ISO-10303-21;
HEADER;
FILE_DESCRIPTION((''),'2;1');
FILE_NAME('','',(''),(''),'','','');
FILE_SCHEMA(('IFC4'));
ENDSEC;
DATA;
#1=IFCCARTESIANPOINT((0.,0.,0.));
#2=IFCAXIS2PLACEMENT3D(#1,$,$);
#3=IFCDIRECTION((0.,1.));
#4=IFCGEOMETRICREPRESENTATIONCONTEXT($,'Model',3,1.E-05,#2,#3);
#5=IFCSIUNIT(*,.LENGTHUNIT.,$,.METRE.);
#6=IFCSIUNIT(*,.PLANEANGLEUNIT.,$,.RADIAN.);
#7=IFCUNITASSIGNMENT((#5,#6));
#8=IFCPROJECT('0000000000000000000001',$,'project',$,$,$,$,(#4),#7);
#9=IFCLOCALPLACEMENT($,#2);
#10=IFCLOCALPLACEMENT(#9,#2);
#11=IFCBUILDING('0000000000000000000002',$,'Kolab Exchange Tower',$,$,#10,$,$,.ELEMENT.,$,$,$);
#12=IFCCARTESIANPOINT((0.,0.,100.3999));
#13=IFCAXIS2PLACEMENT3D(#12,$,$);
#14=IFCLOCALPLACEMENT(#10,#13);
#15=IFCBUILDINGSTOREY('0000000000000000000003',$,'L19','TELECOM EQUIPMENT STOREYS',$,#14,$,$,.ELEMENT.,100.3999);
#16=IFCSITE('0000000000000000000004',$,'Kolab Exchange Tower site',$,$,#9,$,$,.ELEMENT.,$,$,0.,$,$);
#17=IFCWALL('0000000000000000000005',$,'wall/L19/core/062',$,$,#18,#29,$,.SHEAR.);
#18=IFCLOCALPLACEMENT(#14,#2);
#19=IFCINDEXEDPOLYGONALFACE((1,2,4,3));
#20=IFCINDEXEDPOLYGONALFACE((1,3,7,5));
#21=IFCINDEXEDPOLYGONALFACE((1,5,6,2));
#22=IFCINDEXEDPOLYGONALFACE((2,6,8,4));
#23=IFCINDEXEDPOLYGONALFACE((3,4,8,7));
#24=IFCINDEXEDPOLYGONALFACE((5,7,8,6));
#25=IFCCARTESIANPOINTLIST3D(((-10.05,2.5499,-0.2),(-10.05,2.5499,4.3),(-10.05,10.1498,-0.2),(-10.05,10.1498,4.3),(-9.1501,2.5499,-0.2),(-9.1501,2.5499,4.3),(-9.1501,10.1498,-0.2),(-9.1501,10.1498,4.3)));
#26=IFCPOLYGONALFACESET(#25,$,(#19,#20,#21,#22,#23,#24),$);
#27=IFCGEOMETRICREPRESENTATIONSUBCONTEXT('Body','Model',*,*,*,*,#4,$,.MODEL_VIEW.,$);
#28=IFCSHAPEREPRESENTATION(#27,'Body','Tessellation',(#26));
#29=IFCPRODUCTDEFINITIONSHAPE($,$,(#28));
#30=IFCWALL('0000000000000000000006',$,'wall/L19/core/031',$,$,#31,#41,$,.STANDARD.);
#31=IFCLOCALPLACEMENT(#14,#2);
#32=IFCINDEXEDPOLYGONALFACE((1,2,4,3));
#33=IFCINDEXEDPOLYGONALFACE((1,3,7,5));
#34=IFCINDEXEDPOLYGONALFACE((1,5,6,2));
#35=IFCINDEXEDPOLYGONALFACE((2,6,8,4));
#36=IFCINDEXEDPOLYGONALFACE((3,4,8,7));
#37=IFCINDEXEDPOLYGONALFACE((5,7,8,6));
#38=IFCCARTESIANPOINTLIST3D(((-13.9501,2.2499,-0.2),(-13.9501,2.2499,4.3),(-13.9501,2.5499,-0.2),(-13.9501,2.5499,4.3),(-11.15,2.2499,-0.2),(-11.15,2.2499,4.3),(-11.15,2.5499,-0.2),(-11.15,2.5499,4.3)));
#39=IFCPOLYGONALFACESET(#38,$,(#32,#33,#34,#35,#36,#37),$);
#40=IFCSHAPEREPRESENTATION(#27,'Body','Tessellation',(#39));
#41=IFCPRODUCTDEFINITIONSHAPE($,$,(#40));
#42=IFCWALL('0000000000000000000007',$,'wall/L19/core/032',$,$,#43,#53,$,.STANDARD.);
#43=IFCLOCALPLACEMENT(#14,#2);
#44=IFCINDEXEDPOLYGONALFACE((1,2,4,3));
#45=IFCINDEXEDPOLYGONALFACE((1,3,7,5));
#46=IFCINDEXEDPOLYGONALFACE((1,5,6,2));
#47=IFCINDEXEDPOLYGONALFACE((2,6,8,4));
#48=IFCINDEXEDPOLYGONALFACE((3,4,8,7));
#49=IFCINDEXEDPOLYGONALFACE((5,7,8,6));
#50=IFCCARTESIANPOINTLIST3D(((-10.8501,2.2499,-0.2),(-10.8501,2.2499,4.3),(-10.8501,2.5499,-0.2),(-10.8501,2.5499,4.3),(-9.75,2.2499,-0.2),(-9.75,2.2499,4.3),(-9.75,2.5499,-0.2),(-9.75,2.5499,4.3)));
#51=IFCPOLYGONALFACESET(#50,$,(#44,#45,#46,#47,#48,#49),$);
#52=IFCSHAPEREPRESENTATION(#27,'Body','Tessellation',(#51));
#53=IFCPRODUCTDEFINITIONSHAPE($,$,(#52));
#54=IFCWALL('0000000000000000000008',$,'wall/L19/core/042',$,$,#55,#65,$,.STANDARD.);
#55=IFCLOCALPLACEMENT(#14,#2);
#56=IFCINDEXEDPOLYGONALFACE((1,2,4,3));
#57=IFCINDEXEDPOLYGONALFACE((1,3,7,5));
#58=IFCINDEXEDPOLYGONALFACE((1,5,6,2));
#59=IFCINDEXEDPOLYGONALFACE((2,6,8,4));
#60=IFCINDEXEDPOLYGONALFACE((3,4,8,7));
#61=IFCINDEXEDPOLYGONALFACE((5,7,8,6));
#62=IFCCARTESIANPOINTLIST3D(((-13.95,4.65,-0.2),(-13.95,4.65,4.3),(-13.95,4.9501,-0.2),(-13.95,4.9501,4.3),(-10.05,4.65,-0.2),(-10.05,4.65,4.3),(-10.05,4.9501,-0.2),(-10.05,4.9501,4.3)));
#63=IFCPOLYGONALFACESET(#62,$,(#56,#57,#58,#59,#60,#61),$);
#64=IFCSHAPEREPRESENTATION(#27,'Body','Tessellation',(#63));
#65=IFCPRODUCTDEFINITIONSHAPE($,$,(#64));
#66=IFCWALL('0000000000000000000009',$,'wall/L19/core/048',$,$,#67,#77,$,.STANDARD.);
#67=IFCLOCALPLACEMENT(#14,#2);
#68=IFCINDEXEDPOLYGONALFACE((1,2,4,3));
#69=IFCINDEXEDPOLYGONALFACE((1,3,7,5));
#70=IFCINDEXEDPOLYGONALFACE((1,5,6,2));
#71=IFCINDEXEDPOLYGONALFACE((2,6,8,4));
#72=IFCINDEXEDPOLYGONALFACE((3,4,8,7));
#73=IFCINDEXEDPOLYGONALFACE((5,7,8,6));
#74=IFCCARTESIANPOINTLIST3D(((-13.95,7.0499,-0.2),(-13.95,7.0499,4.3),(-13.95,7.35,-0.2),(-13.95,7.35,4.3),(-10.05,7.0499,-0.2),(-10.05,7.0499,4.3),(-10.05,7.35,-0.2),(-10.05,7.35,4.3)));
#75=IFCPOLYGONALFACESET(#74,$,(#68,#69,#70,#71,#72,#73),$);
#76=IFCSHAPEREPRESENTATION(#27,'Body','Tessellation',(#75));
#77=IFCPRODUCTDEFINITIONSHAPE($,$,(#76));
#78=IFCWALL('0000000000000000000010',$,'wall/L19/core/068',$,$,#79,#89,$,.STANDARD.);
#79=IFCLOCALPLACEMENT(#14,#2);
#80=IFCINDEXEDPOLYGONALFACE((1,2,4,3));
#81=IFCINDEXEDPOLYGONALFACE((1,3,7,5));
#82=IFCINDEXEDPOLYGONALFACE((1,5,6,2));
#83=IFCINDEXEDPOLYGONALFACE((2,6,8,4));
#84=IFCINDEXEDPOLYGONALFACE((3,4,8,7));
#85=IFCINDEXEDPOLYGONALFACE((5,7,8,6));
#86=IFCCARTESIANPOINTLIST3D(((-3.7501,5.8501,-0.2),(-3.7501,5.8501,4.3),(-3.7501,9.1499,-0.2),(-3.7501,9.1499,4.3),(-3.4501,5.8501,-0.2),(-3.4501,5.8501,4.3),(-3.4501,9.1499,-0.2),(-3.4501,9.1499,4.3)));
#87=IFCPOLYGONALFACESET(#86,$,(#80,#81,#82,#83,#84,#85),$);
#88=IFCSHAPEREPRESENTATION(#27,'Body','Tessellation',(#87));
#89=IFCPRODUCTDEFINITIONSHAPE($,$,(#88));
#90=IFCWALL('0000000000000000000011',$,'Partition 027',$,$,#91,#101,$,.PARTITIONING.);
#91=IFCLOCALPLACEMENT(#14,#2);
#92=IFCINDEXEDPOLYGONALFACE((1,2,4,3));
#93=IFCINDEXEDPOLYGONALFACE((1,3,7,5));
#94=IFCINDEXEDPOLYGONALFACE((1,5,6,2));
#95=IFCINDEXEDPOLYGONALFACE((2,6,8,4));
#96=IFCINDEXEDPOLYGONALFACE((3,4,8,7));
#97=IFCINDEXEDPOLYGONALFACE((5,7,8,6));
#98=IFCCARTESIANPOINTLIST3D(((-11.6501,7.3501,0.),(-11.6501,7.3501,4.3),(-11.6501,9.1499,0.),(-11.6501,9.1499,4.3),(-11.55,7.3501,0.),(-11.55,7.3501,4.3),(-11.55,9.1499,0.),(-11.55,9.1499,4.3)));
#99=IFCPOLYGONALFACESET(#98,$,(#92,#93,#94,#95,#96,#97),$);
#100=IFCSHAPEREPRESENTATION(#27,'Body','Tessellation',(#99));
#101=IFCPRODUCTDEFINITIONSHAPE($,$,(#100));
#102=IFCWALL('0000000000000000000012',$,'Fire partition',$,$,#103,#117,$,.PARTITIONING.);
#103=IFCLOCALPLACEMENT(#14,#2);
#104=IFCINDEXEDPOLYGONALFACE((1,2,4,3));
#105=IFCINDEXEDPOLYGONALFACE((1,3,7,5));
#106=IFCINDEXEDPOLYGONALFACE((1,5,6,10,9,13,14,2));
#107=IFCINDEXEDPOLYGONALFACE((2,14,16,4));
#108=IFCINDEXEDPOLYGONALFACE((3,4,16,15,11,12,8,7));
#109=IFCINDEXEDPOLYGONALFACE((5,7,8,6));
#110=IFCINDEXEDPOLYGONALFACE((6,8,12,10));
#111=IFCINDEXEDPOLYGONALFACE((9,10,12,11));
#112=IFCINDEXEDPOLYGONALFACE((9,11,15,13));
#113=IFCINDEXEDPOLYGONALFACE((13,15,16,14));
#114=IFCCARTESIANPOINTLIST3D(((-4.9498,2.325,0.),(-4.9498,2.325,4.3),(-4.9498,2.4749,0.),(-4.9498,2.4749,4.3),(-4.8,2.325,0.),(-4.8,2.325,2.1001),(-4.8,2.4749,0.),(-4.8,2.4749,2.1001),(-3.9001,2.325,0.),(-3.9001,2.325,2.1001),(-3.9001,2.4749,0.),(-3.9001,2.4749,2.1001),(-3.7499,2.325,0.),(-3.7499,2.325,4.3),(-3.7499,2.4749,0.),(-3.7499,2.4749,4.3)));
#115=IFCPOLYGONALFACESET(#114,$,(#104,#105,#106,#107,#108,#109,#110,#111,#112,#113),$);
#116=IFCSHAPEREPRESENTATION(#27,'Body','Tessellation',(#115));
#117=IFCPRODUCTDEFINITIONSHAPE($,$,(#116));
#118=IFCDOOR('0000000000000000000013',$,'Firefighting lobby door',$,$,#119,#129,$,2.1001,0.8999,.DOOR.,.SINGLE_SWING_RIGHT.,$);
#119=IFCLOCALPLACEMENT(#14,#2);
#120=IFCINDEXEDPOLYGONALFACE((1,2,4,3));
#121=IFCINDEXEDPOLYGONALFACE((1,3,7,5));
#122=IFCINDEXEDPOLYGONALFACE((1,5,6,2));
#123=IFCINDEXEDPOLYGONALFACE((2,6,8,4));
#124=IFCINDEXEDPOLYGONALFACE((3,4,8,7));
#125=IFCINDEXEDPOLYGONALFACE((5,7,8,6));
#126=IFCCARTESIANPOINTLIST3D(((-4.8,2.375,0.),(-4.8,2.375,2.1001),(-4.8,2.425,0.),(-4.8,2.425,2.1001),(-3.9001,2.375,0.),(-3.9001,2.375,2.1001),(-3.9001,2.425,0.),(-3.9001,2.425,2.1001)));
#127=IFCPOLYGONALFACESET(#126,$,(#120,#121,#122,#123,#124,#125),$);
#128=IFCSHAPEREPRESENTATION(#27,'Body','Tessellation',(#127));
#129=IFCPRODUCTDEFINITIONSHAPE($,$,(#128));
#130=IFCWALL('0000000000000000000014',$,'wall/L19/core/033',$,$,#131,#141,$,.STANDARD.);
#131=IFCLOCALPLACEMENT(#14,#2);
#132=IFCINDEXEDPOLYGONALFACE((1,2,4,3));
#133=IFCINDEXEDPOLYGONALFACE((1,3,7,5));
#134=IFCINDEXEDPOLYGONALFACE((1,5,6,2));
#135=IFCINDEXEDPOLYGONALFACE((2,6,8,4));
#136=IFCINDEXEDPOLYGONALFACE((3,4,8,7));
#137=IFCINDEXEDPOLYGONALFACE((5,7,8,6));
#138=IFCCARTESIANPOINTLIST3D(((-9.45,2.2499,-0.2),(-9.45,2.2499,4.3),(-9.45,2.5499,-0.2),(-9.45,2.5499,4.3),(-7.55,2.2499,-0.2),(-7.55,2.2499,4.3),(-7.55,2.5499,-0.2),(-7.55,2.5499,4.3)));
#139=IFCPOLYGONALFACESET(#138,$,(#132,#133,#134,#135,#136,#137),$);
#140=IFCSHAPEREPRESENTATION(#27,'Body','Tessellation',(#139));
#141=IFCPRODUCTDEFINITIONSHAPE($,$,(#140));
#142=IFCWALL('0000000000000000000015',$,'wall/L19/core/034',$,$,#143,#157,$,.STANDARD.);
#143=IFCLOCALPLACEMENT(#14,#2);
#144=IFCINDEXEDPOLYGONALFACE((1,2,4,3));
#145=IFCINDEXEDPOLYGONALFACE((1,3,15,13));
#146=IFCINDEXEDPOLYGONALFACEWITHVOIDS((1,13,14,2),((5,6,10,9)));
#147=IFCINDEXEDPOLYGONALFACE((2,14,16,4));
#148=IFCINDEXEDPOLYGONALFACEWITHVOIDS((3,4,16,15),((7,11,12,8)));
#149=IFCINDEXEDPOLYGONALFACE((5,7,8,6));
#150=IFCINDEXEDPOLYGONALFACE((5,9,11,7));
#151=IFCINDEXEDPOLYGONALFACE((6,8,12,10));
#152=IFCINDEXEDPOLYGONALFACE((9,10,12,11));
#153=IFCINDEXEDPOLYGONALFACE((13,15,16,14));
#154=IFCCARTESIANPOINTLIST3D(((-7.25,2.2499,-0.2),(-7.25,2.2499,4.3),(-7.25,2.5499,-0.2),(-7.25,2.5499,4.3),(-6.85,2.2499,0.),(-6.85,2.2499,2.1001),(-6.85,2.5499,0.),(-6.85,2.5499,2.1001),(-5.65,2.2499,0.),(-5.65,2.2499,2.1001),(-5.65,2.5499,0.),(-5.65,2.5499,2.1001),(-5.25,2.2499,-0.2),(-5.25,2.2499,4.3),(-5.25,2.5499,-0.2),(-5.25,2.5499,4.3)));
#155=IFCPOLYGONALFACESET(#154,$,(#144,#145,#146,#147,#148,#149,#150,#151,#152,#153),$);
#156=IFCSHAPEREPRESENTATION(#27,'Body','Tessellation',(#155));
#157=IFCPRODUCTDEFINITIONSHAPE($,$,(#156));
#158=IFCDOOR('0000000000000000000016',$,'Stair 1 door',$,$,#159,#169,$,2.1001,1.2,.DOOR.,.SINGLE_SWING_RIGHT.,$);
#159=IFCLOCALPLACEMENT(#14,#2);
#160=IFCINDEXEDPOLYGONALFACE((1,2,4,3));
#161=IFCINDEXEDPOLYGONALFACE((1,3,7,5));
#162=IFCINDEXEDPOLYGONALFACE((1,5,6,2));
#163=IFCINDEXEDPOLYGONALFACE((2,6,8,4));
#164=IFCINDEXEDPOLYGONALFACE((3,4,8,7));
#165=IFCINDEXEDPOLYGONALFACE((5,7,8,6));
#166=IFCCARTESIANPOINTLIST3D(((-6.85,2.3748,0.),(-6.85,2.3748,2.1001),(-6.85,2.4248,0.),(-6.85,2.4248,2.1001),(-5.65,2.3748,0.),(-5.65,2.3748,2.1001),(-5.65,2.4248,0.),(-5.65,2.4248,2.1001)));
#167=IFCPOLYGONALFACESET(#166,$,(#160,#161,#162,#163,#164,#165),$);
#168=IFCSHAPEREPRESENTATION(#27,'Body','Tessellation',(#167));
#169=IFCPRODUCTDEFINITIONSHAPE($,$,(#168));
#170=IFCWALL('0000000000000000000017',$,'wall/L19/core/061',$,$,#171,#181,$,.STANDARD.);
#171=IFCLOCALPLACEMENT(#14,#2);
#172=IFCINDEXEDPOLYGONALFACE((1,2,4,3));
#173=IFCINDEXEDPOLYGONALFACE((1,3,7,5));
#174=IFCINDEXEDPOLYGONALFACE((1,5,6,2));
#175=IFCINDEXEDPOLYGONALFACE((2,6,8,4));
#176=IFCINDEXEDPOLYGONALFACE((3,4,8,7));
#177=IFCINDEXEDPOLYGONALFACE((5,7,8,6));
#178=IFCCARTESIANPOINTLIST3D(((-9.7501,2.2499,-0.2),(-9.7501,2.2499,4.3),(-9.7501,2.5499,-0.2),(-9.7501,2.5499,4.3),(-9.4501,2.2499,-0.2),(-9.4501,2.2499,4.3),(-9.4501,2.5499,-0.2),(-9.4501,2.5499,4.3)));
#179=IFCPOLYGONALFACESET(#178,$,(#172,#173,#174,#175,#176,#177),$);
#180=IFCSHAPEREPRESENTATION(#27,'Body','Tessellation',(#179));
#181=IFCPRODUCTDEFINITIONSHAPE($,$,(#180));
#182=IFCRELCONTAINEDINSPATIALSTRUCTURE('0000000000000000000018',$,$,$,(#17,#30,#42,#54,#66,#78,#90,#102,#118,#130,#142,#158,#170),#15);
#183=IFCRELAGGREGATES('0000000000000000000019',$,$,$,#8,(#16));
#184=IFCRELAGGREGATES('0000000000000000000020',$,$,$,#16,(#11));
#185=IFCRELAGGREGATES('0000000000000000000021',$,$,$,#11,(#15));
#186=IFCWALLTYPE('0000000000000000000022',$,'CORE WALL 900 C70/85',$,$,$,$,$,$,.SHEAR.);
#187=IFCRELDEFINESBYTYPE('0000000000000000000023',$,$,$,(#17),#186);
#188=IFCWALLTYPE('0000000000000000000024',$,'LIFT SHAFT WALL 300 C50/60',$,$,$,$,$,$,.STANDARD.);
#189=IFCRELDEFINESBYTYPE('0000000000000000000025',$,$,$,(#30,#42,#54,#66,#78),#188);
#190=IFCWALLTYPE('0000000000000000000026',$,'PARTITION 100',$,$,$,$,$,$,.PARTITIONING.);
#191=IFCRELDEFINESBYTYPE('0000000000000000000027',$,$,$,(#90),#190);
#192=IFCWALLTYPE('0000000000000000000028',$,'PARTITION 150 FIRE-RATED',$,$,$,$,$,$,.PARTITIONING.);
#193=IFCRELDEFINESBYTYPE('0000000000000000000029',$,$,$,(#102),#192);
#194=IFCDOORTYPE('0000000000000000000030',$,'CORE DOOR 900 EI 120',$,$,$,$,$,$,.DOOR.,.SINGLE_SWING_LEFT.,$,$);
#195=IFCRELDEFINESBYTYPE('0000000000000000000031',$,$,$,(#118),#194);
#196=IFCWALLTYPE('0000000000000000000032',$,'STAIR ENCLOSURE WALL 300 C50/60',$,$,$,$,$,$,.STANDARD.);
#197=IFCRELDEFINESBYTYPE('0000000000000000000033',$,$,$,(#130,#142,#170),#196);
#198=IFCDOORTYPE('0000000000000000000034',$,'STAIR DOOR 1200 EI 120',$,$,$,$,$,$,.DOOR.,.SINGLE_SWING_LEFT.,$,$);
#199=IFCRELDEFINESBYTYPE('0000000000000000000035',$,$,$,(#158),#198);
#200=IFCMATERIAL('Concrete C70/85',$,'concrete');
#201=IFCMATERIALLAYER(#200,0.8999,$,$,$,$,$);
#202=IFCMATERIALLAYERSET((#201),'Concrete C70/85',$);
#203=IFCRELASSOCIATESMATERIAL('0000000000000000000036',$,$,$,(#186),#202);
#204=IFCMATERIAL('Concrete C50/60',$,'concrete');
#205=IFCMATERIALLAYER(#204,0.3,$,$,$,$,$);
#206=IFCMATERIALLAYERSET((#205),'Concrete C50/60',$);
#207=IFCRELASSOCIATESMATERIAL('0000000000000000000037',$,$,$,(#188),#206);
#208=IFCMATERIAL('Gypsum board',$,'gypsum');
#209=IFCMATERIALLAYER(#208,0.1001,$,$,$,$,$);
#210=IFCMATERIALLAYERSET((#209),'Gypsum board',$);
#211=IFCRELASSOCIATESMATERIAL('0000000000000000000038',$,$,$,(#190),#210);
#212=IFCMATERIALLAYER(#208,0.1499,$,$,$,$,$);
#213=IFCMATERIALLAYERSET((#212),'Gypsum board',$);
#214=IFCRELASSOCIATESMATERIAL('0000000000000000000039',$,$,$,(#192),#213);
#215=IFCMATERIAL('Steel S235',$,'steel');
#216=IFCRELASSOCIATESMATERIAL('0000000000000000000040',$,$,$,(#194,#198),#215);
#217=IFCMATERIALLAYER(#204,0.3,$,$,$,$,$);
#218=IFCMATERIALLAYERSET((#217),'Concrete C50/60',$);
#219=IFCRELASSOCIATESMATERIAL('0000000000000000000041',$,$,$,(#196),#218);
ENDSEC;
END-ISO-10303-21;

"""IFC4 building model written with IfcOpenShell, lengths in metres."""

from ifc_helpers import new_model, si_unit, direction, frame, frame_2d, origin, place, context, subcontext, project, spatial, rectangle, extrude, material, layer, layer_set, type_object, element, fill, save


model = new_model("IFC4")

# Units and contexts
model_context = context("Model", 3, precision=1e-05, world=origin(), true_north=direction((0.0, 1.0)))
body_context = subcontext(model_context, "Body", "Model", "MODEL_VIEW")
ifc_project = project(units=[si_unit("LENGTHUNIT", "METRE"), si_unit("PLANEANGLEUNIT", "RADIAN")], contexts=[model_context])

# Site, building, storey
site_placement = place(None, origin())
site = spatial("IfcSite", under=ifc_project, at=site_placement, Name="Kolab Exchange Tower site", CompositionType="ELEMENT", RefElevation=0.0)
building_placement = place(site_placement, origin())
building = spatial("IfcBuilding", under=site, at=building_placement, Name="Kolab Exchange Tower", CompositionType="ELEMENT")
storey_placement = place(building_placement, frame((0.0, 0.0, 100.3999)))
storey = spatial("IfcBuildingStorey", under=building, at=storey_placement, Name="L19", Description="TELECOM EQUIPMENT STOREYS", CompositionType="ELEMENT", Elevation=100.3999)

# Walls
ifc_material_1 = material(Name="Concrete C70/85", Category="concrete")
ifc_layer_1 = layer(ifc_material_1, 0.8999)
ifc_layer_set_1 = layer_set([ifc_layer_1], Name="Concrete C70/85")
wall_type_1 = type_object("IfcWallType", Name="CORE WALL 900 C70/85", PredefinedType="SHEAR", material=ifc_layer_set_1)
wall_1_placement = place(storey_placement, frame((-9.6001, 2.55, -0.2), z_axis=(0.0, 0.0, 1.0), x_axis=(0.0, 1.0, 0.0)))
element("IfcWall", 1, at=wall_1_placement, inside=storey, type_object=wall_type_1, Name="wall/L19/core/062", PredefinedType="SHEAR", context=body_context, shape_type="SweptSolid", body=[
    extrude(rectangle(XDim=7.5999, YDim=0.8999, at=frame_2d((3.7998, 0.0))), origin(), (0.0, 0.0, 1.0), 4.5),
])
ifc_material_2 = material(Name="Concrete C50/60", Category="concrete")
ifc_layer_2 = layer(ifc_material_2, 0.3)
ifc_layer_set_2 = layer_set([ifc_layer_2], Name="Concrete C50/60")
wall_type_2 = type_object("IfcWallType", Name="LIFT SHAFT WALL 300 C50/60", PredefinedType="STANDARD", material=ifc_layer_set_2)
wall_2_placement = place(storey_placement, frame((-13.95, 2.3999, -0.2), z_axis=(0.0, 0.0, 1.0), x_axis=(1.0, 0.0, 0.0)))
element("IfcWall", 2, at=wall_2_placement, inside=storey, type_object=wall_type_2, Name="wall/L19/core/031", PredefinedType="STANDARD", context=body_context, shape_type="SweptSolid", body=[
    extrude(rectangle(XDim=2.8, YDim=0.3, at=frame_2d((1.3999, 0.0))), origin(), (0.0, 0.0, 1.0), 4.5),
])
wall_3_placement = place(storey_placement, frame((-10.8501, 2.3999, -0.2), z_axis=(0.0, 0.0, 1.0), x_axis=(1.0, 0.0, 0.0)))
element("IfcWall", 3, at=wall_3_placement, inside=storey, type_object=wall_type_2, Name="wall/L19/core/032", PredefinedType="STANDARD", context=body_context, shape_type="SweptSolid", body=[
    extrude(rectangle(XDim=1.1001, YDim=0.3, at=frame_2d((0.55, 0.0))), origin(), (0.0, 0.0, 1.0), 4.5),
])
for number, where, z_axis, x_axis, name in (
    (4, (-13.95, 4.8, -0.2), (0.0, 0.0, 1.0), (1.0, 0.0, 0.0), "wall/L19/core/042"),
    (5, (-13.95, 7.2, -0.2), (0.0, 0.0, 1.0), (1.0, 0.0, 0.0), "wall/L19/core/048"),
):
    element("IfcWall", number, at=place(storey_placement, frame(where, z_axis=z_axis, x_axis=x_axis)), inside=storey, type_object=wall_type_2, Name=name, PredefinedType="STANDARD", context=body_context, shape_type="SweptSolid", body=[
        extrude(rectangle(XDim=3.8999, YDim=0.3, at=frame_2d((1.95, 0.0))), origin(), (0.0, 0.0, 1.0), 4.5),
    ])
wall_4_placement = place(storey_placement, frame((-3.6001, 5.8501, -0.2), z_axis=(0.0, 0.0, 1.0), x_axis=(0.0, 1.0, 0.0)))
element("IfcWall", 6, at=wall_4_placement, inside=storey, type_object=wall_type_2, Name="wall/L19/core/068", PredefinedType="STANDARD", context=body_context, shape_type="SweptSolid", body=[
    extrude(rectangle(XDim=3.2998, YDim=0.3, at=frame_2d((1.6499, 0.0))), origin(), (0.0, 0.0, 1.0), 4.5),
])
ifc_material_3 = material(Name="Gypsum board", Category="gypsum")
ifc_layer_3 = layer(ifc_material_3, 0.1001)
ifc_layer_set_3 = layer_set([ifc_layer_3], Name="Gypsum board")
wall_type_3 = type_object("IfcWallType", Name="PARTITION 100", PredefinedType="PARTITIONING", material=ifc_layer_set_3)
wall_5_placement = place(storey_placement, frame((-11.6001, 7.3501, 0.0), z_axis=(0.0, 0.0, 1.0), x_axis=(0.0, 1.0, 0.0)))
element("IfcWall", 7, at=wall_5_placement, inside=storey, type_object=wall_type_3, Name="Partition 027", PredefinedType="PARTITIONING", context=body_context, shape_type="SweptSolid", body=[
    extrude(rectangle(XDim=1.7998, YDim=0.1001, at=frame_2d((0.8999, 0.0))), origin(), (0.0, 0.0, 1.0), 4.3),
])

# Wall, opening, door
ifc_layer_4 = layer(ifc_material_3, 0.1499)
ifc_layer_set_4 = layer_set([ifc_layer_4], Name="Gypsum board")
wall_type_4 = type_object("IfcWallType", Name="PARTITION 150 FIRE-RATED", PredefinedType="PARTITIONING", material=ifc_layer_set_4)
wall_6_placement = place(storey_placement, frame((-4.95, 2.3999, 0.0), z_axis=(0.0, 0.0, 1.0), x_axis=(1.0, 0.0, 0.0)))
wall_6 = element("IfcWall", 8, at=wall_6_placement, inside=storey, type_object=wall_type_4, Name="Fire partition", PredefinedType="PARTITIONING", context=body_context, shape_type="SweptSolid", body=[
    extrude(rectangle(XDim=1.2, YDim=0.1499, at=frame_2d((0.6001, 0.0))), origin(), (0.0, 0.0, 1.0), 4.3),
])
opening_1_placement = place(wall_6_placement, frame((0.1499, 0.0, 0.0)))
opening_1 = element("IfcOpeningElement", 9, at=opening_1_placement, cuts=wall_6, PredefinedType="OPENING", context=body_context, shape_type="SweptSolid", body=[
    extrude(rectangle(XDim=0.8999, YDim=2.1001, at=frame_2d((0.45, 1.05))), frame((0.0, 0.085, 0.0), z_axis=(0.0, -1.0, 0.0), x_axis=(1.0, 0.0, 0.0)), (0.0, 0.0, 1.0), 0.1699),
])
ifc_material_4 = material(Name="Steel S235", Category="steel")
door_type_1 = type_object("IfcDoorType", Name="CORE DOOR 900 EI 120", OperationType="SINGLE_SWING_LEFT", PredefinedType="DOOR", material=ifc_material_4)
door_1_placement = place(opening_1_placement, frame((0.8999, 0.0, 0.0), z_axis=(0.0, 0.0, 1.0), x_axis=(-1.0, 0.0, 0.0)))
door_1 = element("IfcDoor", 10, at=door_1_placement, inside=storey, type_object=door_type_1, Name="Firefighting lobby door", OperationType="SINGLE_SWING_RIGHT", OverallHeight=2.1001, OverallWidth=0.8999, PredefinedType="DOOR", context=body_context, shape_type="SweptSolid", body=[
    extrude(rectangle(XDim=0.8999, YDim=2.1001, at=frame_2d((0.45, 1.05))), frame((0.0, 0.0249, 0.0), z_axis=(0.0, -1.0, 0.0), x_axis=(1.0, 0.0, 0.0)), (0.0, 0.0, 1.0), 0.05),
])
fill(opening_1, door_1)

# Wall
ifc_layer_5 = layer(ifc_material_2, 0.3)
ifc_layer_set_5 = layer_set([ifc_layer_5], Name="Concrete C50/60")
wall_type_5 = type_object("IfcWallType", Name="STAIR ENCLOSURE WALL 300 C50/60", PredefinedType="STANDARD", material=ifc_layer_set_5)
wall_7_placement = place(storey_placement, frame((-9.45, 2.3999, -0.2), z_axis=(0.0, 0.0, 1.0), x_axis=(1.0, 0.0, 0.0)))
element("IfcWall", 11, at=wall_7_placement, inside=storey, type_object=wall_type_5, Name="wall/L19/core/033", PredefinedType="STANDARD", context=body_context, shape_type="SweptSolid", body=[
    extrude(rectangle(XDim=1.8999, YDim=0.3, at=frame_2d((0.95, 0.0))), origin(), (0.0, 0.0, 1.0), 4.5),
])

# Wall, opening, door
wall_8_placement = place(storey_placement, frame((-7.25, 2.3999, -0.2), z_axis=(0.0, 0.0, 1.0), x_axis=(1.0, 0.0, 0.0)))
wall_8 = element("IfcWall", 12, at=wall_8_placement, inside=storey, type_object=wall_type_5, Name="wall/L19/core/034", PredefinedType="STANDARD", context=body_context, shape_type="SweptSolid", body=[
    extrude(rectangle(XDim=2.0, YDim=0.3, at=frame_2d((1.0, 0.0))), origin(), (0.0, 0.0, 1.0), 4.5),
])
opening_2_placement = place(wall_8_placement, frame((0.3999, 0.0, 0.2)))
opening_2 = element("IfcOpeningElement", 13, at=opening_2_placement, cuts=wall_8, PredefinedType="OPENING", context=body_context, shape_type="SweptSolid", body=[
    extrude(rectangle(XDim=1.2, YDim=2.1001, at=frame_2d((0.6001, 1.05))), frame((0.0, 0.1602, 0.0), z_axis=(0.0, -1.0, 0.0), x_axis=(1.0, 0.0, 0.0)), (0.0, 0.0, 1.0), 0.3201),
])
door_type_2 = type_object("IfcDoorType", Name="STAIR DOOR 1200 EI 120", OperationType="SINGLE_SWING_LEFT", PredefinedType="DOOR", material=ifc_material_4)
door_2_placement = place(opening_2_placement, origin())
door_2 = element("IfcDoor", 14, at=door_2_placement, inside=storey, type_object=door_type_2, Name="Stair 1 door", OperationType="SINGLE_SWING_RIGHT", OverallHeight=2.1001, OverallWidth=1.2, PredefinedType="DOOR", context=body_context, shape_type="SweptSolid", body=[
    extrude(rectangle(XDim=1.2, YDim=2.1001, at=frame_2d((0.6001, 1.05))), frame((0.0, 0.0249, 0.0), z_axis=(0.0, -1.0, 0.0), x_axis=(1.0, 0.0, 0.0)), (0.0, 0.0, 1.0), 0.05),
])
fill(opening_2, door_2)

# Wall
wall_9_placement = place(storey_placement, frame((-9.6001, 2.25, -0.2), z_axis=(0.0, 0.0, 1.0), x_axis=(0.0, 1.0, 0.0)))
element("IfcWall", 15, at=wall_9_placement, inside=storey, type_object=wall_type_5, Name="wall/L19/core/061", PredefinedType="STANDARD", context=body_context, shape_type="SweptSolid", body=[
    extrude(rectangle(XDim=0.3, YDim=0.3, at=frame_2d((0.1499, 0.0))), origin(), (0.0, 0.0, 1.0), 4.5),
])

save(model, "model.ifc")
